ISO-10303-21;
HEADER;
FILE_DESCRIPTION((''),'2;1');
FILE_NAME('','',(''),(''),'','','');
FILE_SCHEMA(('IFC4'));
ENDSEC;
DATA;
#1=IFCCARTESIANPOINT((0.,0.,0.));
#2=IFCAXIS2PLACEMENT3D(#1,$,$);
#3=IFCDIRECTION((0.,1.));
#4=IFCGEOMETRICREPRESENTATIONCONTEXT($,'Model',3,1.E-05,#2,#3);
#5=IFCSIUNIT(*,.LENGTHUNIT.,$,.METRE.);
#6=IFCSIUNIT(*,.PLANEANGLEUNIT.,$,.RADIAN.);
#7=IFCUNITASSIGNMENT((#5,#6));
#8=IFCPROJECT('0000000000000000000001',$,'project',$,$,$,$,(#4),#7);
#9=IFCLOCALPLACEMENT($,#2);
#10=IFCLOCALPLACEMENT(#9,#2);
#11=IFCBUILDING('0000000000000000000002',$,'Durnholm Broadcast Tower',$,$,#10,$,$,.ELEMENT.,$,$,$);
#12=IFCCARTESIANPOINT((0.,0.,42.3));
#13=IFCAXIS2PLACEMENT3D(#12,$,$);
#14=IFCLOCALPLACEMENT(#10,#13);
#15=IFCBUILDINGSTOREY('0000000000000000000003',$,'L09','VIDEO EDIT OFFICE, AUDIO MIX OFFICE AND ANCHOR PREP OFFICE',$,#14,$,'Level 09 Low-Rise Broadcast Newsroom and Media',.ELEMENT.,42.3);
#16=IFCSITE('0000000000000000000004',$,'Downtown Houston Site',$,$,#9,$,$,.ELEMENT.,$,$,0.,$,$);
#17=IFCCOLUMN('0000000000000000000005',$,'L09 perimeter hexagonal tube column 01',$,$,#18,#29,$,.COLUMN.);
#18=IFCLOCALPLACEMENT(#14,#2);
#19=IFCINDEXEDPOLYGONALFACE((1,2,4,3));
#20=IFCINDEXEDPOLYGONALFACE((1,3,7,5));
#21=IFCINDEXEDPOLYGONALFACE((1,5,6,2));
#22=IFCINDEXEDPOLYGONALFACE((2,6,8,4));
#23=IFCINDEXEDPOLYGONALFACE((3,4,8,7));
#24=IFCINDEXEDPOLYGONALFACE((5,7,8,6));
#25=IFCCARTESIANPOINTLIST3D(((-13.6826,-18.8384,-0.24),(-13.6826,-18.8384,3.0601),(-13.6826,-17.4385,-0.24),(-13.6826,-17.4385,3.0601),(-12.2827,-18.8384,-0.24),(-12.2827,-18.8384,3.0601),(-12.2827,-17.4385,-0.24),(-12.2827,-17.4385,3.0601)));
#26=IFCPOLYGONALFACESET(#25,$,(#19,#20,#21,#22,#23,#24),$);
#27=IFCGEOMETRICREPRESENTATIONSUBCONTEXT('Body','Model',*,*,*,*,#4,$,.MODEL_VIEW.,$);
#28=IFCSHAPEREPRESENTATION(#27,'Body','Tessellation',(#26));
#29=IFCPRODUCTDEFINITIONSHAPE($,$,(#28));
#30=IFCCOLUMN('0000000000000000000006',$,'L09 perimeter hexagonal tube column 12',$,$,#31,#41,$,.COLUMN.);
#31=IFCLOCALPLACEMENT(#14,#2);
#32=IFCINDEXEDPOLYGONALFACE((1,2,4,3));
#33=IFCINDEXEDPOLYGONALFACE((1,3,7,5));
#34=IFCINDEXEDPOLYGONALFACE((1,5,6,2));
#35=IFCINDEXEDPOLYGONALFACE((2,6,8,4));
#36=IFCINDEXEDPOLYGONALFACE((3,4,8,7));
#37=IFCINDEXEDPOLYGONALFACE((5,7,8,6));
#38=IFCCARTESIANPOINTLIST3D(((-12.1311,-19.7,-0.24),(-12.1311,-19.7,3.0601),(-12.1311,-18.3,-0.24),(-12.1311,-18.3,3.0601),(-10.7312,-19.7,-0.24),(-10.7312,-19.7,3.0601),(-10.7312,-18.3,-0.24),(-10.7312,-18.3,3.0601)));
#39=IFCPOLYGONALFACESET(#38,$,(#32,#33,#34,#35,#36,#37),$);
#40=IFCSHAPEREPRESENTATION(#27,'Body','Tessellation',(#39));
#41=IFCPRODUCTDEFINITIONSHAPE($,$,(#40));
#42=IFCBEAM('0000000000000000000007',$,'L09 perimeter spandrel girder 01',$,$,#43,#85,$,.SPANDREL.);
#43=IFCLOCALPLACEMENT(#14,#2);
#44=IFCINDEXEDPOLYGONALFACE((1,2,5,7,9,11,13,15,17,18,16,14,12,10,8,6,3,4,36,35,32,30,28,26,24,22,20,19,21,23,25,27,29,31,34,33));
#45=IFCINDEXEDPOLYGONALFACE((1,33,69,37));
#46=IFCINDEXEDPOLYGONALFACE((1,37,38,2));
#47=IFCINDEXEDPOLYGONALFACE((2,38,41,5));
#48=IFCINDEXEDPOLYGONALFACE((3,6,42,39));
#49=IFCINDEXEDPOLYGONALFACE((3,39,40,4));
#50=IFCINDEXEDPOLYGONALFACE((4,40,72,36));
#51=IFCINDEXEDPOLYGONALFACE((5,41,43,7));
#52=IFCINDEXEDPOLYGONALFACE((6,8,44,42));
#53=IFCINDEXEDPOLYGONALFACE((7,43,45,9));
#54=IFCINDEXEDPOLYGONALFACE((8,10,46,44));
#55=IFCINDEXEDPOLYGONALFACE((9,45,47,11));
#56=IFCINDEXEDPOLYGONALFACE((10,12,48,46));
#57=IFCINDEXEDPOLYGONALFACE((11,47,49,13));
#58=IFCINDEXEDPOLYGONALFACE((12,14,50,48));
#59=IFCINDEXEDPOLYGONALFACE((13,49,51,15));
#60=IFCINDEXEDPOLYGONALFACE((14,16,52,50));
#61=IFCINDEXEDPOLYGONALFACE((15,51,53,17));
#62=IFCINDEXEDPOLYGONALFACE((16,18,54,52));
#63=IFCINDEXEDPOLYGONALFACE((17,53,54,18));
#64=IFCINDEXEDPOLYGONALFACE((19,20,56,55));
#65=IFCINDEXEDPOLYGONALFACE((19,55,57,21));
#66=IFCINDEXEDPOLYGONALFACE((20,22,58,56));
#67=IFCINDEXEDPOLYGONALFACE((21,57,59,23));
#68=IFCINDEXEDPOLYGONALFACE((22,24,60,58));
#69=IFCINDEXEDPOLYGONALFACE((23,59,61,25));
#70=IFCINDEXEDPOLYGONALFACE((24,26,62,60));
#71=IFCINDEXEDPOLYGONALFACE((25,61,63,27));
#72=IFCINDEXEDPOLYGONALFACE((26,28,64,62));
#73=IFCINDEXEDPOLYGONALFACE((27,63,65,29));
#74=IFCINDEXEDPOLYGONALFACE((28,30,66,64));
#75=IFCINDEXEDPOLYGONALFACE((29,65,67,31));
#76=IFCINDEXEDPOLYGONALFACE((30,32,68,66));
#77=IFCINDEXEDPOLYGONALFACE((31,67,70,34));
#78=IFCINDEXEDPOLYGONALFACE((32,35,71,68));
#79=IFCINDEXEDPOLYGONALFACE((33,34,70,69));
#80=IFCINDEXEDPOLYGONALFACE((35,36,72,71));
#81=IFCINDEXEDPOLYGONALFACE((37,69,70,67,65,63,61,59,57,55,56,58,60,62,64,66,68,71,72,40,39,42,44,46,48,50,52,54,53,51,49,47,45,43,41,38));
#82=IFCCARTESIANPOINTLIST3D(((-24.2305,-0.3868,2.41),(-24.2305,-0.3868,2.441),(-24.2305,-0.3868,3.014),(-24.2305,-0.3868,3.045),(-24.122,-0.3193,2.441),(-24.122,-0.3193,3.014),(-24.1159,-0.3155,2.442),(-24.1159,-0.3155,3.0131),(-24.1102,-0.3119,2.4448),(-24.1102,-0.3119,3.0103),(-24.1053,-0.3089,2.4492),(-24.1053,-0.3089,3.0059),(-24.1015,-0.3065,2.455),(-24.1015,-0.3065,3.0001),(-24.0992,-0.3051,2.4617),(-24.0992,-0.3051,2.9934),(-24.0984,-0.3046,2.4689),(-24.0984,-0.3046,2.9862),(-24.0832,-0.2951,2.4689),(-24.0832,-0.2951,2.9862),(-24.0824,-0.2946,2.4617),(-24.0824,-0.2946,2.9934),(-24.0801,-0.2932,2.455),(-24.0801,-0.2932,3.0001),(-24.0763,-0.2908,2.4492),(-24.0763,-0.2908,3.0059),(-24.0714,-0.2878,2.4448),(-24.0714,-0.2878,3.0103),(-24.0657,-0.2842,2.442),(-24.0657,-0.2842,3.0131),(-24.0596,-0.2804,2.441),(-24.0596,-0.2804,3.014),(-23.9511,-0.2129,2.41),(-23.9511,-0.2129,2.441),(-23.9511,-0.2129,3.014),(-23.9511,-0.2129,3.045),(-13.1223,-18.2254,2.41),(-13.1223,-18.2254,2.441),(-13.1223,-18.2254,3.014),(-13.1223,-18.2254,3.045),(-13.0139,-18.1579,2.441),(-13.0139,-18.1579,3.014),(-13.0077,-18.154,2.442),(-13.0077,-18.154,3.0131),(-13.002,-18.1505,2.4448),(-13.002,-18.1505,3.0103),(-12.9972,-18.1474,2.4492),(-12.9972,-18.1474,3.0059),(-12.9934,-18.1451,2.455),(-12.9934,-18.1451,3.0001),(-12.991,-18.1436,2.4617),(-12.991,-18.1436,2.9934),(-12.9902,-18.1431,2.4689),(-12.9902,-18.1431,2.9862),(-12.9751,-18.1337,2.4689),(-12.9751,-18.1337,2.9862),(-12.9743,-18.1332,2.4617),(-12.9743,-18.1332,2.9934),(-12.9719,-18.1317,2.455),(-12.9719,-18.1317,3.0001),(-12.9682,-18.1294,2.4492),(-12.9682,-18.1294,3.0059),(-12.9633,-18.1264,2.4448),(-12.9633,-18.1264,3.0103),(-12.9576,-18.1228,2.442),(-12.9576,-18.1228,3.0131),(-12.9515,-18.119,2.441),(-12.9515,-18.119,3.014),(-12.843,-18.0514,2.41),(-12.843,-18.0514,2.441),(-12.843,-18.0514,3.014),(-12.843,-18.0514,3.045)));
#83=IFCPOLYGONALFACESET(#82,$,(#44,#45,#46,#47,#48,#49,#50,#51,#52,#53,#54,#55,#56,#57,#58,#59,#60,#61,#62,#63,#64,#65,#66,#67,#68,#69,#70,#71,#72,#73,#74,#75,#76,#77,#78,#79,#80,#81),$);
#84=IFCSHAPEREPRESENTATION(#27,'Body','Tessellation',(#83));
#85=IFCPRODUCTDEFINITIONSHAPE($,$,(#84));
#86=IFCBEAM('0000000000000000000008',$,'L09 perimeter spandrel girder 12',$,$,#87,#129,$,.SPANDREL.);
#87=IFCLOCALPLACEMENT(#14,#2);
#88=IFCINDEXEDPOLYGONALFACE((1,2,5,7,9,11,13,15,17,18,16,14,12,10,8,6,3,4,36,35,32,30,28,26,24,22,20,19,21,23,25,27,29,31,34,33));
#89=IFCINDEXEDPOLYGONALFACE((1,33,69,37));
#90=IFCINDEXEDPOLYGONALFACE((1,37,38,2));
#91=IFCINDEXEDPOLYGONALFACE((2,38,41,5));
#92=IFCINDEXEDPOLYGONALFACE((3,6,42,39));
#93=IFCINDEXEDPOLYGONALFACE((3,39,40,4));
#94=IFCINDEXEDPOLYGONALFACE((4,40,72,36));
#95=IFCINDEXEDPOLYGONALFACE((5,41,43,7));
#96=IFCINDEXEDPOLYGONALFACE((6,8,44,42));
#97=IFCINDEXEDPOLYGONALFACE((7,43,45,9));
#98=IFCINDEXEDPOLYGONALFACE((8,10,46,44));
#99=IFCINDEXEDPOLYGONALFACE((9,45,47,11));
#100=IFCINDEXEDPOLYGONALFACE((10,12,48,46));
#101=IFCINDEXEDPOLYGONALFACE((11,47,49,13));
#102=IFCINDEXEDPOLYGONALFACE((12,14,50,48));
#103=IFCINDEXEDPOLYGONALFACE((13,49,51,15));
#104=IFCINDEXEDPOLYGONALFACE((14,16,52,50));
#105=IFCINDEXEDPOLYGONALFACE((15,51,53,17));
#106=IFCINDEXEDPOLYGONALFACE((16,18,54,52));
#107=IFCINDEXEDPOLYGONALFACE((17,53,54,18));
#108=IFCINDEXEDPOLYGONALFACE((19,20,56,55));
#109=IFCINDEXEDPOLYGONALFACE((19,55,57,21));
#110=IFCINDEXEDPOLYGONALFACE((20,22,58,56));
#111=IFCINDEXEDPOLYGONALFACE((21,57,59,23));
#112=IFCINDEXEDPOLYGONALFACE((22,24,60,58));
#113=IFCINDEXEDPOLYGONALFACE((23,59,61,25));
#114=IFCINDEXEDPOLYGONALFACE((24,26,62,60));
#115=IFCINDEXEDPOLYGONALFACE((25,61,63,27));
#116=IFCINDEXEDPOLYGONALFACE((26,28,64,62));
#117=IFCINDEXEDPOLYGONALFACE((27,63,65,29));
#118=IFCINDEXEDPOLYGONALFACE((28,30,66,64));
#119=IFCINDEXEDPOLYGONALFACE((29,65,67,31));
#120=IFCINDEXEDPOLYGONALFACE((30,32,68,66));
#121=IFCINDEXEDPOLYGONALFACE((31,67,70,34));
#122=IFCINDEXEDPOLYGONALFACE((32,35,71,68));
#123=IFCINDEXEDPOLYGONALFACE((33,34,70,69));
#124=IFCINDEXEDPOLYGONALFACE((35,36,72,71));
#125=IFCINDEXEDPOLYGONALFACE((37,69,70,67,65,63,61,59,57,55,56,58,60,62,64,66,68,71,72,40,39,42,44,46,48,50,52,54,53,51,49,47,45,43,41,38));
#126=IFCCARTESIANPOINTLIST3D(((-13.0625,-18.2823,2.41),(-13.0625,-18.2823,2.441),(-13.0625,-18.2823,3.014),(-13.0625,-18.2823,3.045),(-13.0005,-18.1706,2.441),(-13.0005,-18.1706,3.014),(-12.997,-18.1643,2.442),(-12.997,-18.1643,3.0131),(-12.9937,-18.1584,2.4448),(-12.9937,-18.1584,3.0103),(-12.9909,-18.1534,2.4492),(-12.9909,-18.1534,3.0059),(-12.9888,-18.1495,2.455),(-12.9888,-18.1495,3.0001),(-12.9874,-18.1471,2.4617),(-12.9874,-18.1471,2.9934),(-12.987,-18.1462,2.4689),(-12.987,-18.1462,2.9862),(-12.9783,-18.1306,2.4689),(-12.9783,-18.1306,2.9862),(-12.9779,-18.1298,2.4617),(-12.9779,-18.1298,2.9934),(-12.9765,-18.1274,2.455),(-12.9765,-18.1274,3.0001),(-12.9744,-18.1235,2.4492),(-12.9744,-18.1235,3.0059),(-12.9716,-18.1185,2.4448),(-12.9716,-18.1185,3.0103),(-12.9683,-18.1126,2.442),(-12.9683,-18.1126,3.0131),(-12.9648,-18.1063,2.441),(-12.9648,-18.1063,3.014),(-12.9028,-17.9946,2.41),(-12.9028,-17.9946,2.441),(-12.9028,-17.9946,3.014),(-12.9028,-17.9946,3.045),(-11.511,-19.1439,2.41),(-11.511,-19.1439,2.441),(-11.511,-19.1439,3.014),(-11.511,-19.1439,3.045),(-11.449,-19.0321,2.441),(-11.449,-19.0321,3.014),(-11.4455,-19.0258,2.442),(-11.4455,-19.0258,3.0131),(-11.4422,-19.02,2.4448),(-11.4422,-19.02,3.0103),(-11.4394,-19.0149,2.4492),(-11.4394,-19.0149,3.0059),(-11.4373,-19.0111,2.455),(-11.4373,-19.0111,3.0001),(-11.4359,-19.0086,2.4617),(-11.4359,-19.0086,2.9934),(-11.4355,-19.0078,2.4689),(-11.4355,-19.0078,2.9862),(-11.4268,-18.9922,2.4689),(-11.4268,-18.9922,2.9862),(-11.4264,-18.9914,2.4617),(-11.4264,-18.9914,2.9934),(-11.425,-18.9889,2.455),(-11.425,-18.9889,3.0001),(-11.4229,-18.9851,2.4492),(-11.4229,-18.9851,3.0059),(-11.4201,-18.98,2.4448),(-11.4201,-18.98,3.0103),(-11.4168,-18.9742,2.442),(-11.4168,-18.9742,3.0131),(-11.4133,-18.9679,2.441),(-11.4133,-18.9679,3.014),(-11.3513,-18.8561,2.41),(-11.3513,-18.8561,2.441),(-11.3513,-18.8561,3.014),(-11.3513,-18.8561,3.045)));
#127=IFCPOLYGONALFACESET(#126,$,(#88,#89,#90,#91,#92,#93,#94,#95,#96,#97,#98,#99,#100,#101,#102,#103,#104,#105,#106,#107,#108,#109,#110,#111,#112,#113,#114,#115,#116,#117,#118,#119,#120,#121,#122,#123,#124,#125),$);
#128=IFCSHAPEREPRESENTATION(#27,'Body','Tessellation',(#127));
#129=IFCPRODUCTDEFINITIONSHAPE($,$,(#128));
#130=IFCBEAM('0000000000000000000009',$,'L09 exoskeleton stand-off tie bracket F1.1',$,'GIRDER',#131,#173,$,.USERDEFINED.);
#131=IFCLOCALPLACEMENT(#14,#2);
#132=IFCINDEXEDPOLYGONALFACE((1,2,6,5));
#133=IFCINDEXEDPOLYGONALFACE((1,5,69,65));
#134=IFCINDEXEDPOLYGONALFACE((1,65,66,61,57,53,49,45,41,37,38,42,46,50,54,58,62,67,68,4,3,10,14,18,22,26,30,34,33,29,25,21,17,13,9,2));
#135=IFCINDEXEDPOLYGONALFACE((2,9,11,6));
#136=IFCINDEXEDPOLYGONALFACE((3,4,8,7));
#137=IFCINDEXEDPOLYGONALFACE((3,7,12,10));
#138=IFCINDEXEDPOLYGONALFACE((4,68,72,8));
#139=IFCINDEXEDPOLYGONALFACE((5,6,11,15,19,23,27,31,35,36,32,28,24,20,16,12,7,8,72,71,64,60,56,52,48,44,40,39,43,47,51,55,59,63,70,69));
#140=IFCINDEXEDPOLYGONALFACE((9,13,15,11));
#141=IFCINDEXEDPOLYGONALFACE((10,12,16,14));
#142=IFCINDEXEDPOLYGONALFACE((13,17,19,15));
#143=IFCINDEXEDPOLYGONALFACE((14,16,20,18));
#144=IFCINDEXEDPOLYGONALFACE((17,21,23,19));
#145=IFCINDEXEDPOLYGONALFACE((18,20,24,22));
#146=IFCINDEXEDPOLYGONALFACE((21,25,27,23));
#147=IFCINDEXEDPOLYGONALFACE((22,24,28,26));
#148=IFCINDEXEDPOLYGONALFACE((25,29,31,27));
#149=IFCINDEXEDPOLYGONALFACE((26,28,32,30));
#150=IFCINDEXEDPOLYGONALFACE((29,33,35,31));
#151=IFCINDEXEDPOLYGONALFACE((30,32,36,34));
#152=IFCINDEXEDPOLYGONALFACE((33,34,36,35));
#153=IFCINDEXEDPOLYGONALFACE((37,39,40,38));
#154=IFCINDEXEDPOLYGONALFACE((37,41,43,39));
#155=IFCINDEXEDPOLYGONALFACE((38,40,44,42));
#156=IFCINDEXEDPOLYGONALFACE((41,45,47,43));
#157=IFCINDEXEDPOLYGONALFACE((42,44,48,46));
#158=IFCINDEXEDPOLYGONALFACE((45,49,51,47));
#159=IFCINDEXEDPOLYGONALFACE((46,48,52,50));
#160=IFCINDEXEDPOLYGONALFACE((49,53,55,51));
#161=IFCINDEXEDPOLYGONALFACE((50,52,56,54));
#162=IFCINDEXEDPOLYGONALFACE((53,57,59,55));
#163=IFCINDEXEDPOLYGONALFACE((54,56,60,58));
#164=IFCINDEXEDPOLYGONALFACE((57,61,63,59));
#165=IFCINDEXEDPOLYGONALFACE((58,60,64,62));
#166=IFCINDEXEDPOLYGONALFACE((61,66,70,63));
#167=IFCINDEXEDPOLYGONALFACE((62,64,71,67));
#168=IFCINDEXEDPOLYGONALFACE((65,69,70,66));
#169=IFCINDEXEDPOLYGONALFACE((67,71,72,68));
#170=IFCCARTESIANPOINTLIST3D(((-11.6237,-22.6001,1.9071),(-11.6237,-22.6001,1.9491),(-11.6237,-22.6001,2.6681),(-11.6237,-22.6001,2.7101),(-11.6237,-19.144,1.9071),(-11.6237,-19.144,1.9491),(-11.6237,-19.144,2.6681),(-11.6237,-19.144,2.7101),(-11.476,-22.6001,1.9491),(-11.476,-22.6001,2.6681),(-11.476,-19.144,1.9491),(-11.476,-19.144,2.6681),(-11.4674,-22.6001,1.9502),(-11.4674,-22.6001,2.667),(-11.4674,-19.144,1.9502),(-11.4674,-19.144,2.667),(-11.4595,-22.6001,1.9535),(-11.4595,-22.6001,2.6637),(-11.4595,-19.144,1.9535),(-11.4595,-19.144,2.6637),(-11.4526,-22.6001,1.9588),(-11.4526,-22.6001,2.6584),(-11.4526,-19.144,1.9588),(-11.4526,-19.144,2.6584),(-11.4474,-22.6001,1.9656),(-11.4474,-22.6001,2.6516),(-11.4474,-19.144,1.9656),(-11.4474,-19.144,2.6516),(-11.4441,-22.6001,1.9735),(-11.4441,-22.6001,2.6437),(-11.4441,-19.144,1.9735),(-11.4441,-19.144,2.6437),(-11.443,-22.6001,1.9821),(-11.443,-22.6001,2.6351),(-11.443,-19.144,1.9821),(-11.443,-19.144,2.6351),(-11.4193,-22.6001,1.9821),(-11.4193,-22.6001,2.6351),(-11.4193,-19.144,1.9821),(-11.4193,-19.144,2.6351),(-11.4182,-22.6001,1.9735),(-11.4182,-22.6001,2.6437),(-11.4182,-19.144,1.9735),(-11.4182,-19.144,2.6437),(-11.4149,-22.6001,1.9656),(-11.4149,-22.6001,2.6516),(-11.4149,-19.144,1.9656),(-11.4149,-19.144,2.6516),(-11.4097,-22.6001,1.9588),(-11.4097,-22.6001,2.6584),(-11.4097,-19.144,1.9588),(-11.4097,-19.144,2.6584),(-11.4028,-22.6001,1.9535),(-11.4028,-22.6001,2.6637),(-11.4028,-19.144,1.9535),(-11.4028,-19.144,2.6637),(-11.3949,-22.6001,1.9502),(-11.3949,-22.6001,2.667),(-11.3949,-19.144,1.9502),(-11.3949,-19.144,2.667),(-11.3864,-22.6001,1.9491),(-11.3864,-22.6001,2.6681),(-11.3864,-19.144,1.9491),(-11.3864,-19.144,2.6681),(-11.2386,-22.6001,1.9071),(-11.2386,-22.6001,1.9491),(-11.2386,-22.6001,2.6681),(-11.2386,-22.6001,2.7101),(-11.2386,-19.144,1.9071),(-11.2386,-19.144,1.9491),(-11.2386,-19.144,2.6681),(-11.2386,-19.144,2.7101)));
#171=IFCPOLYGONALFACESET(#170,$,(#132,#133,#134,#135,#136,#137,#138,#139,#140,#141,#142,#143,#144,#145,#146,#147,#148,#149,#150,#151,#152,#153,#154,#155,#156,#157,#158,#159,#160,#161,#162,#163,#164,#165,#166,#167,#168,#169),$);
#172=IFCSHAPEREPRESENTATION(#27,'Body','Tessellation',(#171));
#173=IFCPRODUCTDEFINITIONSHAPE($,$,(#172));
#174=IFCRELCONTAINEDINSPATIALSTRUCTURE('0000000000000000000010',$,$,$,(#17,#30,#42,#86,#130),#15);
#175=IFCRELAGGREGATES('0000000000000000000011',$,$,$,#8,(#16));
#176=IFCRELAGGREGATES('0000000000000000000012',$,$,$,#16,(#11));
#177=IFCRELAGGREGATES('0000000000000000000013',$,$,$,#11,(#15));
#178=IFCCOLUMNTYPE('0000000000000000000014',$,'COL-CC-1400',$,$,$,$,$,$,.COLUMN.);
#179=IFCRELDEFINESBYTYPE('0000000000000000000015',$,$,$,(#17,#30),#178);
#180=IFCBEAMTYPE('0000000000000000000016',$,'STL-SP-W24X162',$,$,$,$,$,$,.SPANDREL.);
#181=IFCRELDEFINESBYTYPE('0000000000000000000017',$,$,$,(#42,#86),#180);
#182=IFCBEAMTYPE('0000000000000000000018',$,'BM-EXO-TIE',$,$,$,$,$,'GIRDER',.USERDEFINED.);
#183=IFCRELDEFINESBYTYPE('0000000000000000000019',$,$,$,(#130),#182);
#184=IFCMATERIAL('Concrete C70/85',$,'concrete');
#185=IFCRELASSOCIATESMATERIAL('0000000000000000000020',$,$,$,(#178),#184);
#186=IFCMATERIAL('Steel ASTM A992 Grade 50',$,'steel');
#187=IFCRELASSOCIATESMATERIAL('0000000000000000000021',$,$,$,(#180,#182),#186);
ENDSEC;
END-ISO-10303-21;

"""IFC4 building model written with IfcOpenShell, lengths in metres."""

from ifc_helpers import new_model, si_unit, direction, frame, origin, origin_2d, place, context, subcontext, project, spatial, rectangle, i_section, extrude, source, transform, mapped, material, material_profile, profile_set, type_object, type_shapes, element, save


model = new_model("IFC4")

# Units and contexts
model_context = context("Model", 3, precision=1e-05, world=origin(), true_north=direction((0.0, 1.0)))
body_context = subcontext(model_context, "Body", "Model", "MODEL_VIEW")
ifc_project = project(units=[si_unit("LENGTHUNIT", "METRE"), si_unit("PLANEANGLEUNIT", "RADIAN")], contexts=[model_context])

# Site, building, storey
site_placement = place(None, origin())
site = spatial("IfcSite", under=ifc_project, at=site_placement, Name="Downtown Houston Site", CompositionType="ELEMENT", RefElevation=0.0)
building_placement = place(site_placement, origin())
building = spatial("IfcBuilding", under=site, at=building_placement, Name="Durnholm Broadcast Tower", CompositionType="ELEMENT")
storey_placement = place(building_placement, frame((0.0, 0.0, 42.3)))
storey = spatial("IfcBuildingStorey", under=building, at=storey_placement, Name="L09", Description="VIDEO EDIT OFFICE, AUDIO MIX OFFICE AND ANCHOR PREP OFFICE", LongName="Level 09 Low-Rise Broadcast Newsroom and Media", CompositionType="ELEMENT", Elevation=42.3)

# Columns
ifc_material_1 = material(Name="Concrete C70/85", Category="concrete")
ifc_material_profile_1 = material_profile(ifc_material_1, rectangle(XDim=1.3999, YDim=1.3999, at=origin_2d()), Name="RC1400X1400")
ifc_profile_set_1 = profile_set([ifc_material_profile_1], Name="Concrete C70/85")
column_type = type_object("IfcColumnType", Name="COL-CC-1400", PredefinedType="COLUMN", material=ifc_profile_set_1)
shared_shape_1 = source(origin(), body_context, "Body", "SweptSolid", [
    extrude(rectangle(XDim=1.3999, YDim=1.3999, at=origin_2d()), origin(), (0.0, 0.0, 1.0), 3.3),
])
type_shapes(column_type, [shared_shape_1])
for number, where, z_axis, x_axis, name in (
    (1, (-12.9827, -18.1384, -0.24), (0.0, 0.0, 1.0), (1.0, 0.0, 0.0), "L09 perimeter hexagonal tube column 01"),
    (2, (-11.4312, -19.0, -0.24), (0.0, 0.0, 1.0), (1.0, 0.0, 0.0), "L09 perimeter hexagonal tube column 12"),
):
    element("IfcColumn", number, at=place(storey_placement, frame(where, z_axis=z_axis, x_axis=x_axis)), inside=storey, type_object=column_type, Name=name, PredefinedType="COLUMN", context=body_context, shape_type="MappedRepresentation", body=[
        mapped(shared_shape_1, transform((0.0, 0.0, 0.0), x_axis=(1.0, 0.0, 0.0), y_axis=(0.0, 1.0, 0.0), z_axis=(0.0, 0.0, 1.0), scale=1.0)),
    ])

# Beams
ifc_material_2 = material(Name="Steel ASTM A992 Grade 50", Category="steel")
ifc_material_profile_2 = material_profile(ifc_material_2, i_section(OverallWidth=0.3291, OverallDepth=0.635, WebThickness=0.0178, FlangeThickness=0.031, FilletRadius=0.0278, at=origin_2d()), Name="W24X162")
ifc_profile_set_2 = profile_set([ifc_material_profile_2], Name="Steel ASTM A992 Grade 50")
beam_type_1 = type_object("IfcBeamType", Name="STL-SP-W24X162", PredefinedType="SPANDREL", material=ifc_profile_set_2)
shared_shape_2 = source(origin(), body_context, "Body", "SweptSolid", [
    extrude(i_section(OverallWidth=0.3291, OverallDepth=0.635, WebThickness=0.0178, FlangeThickness=0.031, FilletRadius=0.0278, at=origin_2d()), origin(), (0.0, 0.0, 1.0), 21.0144),
])
beam_1_placement = place(storey_placement, frame((-12.9827, -18.1384, 2.7275), z_axis=(-0.528596, 0.848874, 0.0), x_axis=(-0.848874, -0.528596, 0.0)))
element("IfcBeam", 3, at=beam_1_placement, inside=storey, type_object=beam_type_1, Name="L09 perimeter spandrel girder 01", PredefinedType="SPANDREL", context=body_context, shape_type="MappedRepresentation", body=[
    mapped(shared_shape_2, transform((0.0, 0.0, 0.0), x_axis=(1.0, 0.0, 0.0), y_axis=(0.0, 1.0, 0.0), z_axis=(0.0, 0.0, 1.0), scale=1.0)),
])
shared_shape_3 = source(origin(), body_context, "Body", "SweptSolid", [
    extrude(i_section(OverallWidth=0.3291, OverallDepth=0.635, WebThickness=0.0178, FlangeThickness=0.031, FilletRadius=0.0278, at=origin_2d()), origin(), (0.0, 0.0, 1.0), 1.7747),
])
type_shapes(beam_type_1, [shared_shape_2, shared_shape_3])
beam_2_placement = place(storey_placement, frame((-11.4312, -19.0, 2.7275), z_axis=(-0.874248, 0.485479, 0.0), x_axis=(-0.485479, -0.874248, 0.0)))
element("IfcBeam", 4, at=beam_2_placement, inside=storey, type_object=beam_type_1, Name="L09 perimeter spandrel girder 12", PredefinedType="SPANDREL", context=body_context, shape_type="MappedRepresentation", body=[
    mapped(shared_shape_3, transform((0.0, 0.0, 0.0), x_axis=(1.0, 0.0, 0.0), y_axis=(0.0, 1.0, 0.0), z_axis=(0.0, 0.0, 1.0), scale=1.0)),
])
ifc_material_profile_3 = material_profile(ifc_material_2, i_section(OverallWidth=0.385, OverallDepth=0.803, WebThickness=0.0237, FlangeThickness=0.042, FilletRadius=0.033, at=origin_2d()), Name="W30X261")
ifc_profile_set_3 = profile_set([ifc_material_profile_3], Name="Steel ASTM A992 Grade 50")
beam_type_2 = type_object("IfcBeamType", Name="BM-EXO-TIE", ElementType="GIRDER", PredefinedType="USERDEFINED", material=ifc_profile_set_3)
shared_shape_4 = source(origin(), body_context, "Body", "SweptSolid", [
    extrude(i_section(OverallWidth=0.385, OverallDepth=0.803, WebThickness=0.0237, FlangeThickness=0.042, FilletRadius=0.033, at=origin_2d()), origin(), (0.0, 0.0, 1.0), 3.4561),
])
for number, where, z_axis, x_axis, name in (
    (5, (-11.4312, -19.144, 2.3086), (0.0, -1.0, 0.0), (1.0, 0.0, 0.0), "L09 exoskeleton stand-off tie bracket F1.1"),
):
    element("IfcBeam", number, at=place(storey_placement, frame(where, z_axis=z_axis, x_axis=x_axis)), inside=storey, type_object=beam_type_2, Name=name, ObjectType="GIRDER", PredefinedType="USERDEFINED", context=body_context, shape_type="MappedRepresentation", body=[
        mapped(shared_shape_4, transform((0.0, 0.0, 0.0), x_axis=(1.0, 0.0, 0.0), y_axis=(0.0, 1.0, 0.0), z_axis=(0.0, 0.0, 1.0), scale=1.0)),
    ])

save(model, "model.ifc")
